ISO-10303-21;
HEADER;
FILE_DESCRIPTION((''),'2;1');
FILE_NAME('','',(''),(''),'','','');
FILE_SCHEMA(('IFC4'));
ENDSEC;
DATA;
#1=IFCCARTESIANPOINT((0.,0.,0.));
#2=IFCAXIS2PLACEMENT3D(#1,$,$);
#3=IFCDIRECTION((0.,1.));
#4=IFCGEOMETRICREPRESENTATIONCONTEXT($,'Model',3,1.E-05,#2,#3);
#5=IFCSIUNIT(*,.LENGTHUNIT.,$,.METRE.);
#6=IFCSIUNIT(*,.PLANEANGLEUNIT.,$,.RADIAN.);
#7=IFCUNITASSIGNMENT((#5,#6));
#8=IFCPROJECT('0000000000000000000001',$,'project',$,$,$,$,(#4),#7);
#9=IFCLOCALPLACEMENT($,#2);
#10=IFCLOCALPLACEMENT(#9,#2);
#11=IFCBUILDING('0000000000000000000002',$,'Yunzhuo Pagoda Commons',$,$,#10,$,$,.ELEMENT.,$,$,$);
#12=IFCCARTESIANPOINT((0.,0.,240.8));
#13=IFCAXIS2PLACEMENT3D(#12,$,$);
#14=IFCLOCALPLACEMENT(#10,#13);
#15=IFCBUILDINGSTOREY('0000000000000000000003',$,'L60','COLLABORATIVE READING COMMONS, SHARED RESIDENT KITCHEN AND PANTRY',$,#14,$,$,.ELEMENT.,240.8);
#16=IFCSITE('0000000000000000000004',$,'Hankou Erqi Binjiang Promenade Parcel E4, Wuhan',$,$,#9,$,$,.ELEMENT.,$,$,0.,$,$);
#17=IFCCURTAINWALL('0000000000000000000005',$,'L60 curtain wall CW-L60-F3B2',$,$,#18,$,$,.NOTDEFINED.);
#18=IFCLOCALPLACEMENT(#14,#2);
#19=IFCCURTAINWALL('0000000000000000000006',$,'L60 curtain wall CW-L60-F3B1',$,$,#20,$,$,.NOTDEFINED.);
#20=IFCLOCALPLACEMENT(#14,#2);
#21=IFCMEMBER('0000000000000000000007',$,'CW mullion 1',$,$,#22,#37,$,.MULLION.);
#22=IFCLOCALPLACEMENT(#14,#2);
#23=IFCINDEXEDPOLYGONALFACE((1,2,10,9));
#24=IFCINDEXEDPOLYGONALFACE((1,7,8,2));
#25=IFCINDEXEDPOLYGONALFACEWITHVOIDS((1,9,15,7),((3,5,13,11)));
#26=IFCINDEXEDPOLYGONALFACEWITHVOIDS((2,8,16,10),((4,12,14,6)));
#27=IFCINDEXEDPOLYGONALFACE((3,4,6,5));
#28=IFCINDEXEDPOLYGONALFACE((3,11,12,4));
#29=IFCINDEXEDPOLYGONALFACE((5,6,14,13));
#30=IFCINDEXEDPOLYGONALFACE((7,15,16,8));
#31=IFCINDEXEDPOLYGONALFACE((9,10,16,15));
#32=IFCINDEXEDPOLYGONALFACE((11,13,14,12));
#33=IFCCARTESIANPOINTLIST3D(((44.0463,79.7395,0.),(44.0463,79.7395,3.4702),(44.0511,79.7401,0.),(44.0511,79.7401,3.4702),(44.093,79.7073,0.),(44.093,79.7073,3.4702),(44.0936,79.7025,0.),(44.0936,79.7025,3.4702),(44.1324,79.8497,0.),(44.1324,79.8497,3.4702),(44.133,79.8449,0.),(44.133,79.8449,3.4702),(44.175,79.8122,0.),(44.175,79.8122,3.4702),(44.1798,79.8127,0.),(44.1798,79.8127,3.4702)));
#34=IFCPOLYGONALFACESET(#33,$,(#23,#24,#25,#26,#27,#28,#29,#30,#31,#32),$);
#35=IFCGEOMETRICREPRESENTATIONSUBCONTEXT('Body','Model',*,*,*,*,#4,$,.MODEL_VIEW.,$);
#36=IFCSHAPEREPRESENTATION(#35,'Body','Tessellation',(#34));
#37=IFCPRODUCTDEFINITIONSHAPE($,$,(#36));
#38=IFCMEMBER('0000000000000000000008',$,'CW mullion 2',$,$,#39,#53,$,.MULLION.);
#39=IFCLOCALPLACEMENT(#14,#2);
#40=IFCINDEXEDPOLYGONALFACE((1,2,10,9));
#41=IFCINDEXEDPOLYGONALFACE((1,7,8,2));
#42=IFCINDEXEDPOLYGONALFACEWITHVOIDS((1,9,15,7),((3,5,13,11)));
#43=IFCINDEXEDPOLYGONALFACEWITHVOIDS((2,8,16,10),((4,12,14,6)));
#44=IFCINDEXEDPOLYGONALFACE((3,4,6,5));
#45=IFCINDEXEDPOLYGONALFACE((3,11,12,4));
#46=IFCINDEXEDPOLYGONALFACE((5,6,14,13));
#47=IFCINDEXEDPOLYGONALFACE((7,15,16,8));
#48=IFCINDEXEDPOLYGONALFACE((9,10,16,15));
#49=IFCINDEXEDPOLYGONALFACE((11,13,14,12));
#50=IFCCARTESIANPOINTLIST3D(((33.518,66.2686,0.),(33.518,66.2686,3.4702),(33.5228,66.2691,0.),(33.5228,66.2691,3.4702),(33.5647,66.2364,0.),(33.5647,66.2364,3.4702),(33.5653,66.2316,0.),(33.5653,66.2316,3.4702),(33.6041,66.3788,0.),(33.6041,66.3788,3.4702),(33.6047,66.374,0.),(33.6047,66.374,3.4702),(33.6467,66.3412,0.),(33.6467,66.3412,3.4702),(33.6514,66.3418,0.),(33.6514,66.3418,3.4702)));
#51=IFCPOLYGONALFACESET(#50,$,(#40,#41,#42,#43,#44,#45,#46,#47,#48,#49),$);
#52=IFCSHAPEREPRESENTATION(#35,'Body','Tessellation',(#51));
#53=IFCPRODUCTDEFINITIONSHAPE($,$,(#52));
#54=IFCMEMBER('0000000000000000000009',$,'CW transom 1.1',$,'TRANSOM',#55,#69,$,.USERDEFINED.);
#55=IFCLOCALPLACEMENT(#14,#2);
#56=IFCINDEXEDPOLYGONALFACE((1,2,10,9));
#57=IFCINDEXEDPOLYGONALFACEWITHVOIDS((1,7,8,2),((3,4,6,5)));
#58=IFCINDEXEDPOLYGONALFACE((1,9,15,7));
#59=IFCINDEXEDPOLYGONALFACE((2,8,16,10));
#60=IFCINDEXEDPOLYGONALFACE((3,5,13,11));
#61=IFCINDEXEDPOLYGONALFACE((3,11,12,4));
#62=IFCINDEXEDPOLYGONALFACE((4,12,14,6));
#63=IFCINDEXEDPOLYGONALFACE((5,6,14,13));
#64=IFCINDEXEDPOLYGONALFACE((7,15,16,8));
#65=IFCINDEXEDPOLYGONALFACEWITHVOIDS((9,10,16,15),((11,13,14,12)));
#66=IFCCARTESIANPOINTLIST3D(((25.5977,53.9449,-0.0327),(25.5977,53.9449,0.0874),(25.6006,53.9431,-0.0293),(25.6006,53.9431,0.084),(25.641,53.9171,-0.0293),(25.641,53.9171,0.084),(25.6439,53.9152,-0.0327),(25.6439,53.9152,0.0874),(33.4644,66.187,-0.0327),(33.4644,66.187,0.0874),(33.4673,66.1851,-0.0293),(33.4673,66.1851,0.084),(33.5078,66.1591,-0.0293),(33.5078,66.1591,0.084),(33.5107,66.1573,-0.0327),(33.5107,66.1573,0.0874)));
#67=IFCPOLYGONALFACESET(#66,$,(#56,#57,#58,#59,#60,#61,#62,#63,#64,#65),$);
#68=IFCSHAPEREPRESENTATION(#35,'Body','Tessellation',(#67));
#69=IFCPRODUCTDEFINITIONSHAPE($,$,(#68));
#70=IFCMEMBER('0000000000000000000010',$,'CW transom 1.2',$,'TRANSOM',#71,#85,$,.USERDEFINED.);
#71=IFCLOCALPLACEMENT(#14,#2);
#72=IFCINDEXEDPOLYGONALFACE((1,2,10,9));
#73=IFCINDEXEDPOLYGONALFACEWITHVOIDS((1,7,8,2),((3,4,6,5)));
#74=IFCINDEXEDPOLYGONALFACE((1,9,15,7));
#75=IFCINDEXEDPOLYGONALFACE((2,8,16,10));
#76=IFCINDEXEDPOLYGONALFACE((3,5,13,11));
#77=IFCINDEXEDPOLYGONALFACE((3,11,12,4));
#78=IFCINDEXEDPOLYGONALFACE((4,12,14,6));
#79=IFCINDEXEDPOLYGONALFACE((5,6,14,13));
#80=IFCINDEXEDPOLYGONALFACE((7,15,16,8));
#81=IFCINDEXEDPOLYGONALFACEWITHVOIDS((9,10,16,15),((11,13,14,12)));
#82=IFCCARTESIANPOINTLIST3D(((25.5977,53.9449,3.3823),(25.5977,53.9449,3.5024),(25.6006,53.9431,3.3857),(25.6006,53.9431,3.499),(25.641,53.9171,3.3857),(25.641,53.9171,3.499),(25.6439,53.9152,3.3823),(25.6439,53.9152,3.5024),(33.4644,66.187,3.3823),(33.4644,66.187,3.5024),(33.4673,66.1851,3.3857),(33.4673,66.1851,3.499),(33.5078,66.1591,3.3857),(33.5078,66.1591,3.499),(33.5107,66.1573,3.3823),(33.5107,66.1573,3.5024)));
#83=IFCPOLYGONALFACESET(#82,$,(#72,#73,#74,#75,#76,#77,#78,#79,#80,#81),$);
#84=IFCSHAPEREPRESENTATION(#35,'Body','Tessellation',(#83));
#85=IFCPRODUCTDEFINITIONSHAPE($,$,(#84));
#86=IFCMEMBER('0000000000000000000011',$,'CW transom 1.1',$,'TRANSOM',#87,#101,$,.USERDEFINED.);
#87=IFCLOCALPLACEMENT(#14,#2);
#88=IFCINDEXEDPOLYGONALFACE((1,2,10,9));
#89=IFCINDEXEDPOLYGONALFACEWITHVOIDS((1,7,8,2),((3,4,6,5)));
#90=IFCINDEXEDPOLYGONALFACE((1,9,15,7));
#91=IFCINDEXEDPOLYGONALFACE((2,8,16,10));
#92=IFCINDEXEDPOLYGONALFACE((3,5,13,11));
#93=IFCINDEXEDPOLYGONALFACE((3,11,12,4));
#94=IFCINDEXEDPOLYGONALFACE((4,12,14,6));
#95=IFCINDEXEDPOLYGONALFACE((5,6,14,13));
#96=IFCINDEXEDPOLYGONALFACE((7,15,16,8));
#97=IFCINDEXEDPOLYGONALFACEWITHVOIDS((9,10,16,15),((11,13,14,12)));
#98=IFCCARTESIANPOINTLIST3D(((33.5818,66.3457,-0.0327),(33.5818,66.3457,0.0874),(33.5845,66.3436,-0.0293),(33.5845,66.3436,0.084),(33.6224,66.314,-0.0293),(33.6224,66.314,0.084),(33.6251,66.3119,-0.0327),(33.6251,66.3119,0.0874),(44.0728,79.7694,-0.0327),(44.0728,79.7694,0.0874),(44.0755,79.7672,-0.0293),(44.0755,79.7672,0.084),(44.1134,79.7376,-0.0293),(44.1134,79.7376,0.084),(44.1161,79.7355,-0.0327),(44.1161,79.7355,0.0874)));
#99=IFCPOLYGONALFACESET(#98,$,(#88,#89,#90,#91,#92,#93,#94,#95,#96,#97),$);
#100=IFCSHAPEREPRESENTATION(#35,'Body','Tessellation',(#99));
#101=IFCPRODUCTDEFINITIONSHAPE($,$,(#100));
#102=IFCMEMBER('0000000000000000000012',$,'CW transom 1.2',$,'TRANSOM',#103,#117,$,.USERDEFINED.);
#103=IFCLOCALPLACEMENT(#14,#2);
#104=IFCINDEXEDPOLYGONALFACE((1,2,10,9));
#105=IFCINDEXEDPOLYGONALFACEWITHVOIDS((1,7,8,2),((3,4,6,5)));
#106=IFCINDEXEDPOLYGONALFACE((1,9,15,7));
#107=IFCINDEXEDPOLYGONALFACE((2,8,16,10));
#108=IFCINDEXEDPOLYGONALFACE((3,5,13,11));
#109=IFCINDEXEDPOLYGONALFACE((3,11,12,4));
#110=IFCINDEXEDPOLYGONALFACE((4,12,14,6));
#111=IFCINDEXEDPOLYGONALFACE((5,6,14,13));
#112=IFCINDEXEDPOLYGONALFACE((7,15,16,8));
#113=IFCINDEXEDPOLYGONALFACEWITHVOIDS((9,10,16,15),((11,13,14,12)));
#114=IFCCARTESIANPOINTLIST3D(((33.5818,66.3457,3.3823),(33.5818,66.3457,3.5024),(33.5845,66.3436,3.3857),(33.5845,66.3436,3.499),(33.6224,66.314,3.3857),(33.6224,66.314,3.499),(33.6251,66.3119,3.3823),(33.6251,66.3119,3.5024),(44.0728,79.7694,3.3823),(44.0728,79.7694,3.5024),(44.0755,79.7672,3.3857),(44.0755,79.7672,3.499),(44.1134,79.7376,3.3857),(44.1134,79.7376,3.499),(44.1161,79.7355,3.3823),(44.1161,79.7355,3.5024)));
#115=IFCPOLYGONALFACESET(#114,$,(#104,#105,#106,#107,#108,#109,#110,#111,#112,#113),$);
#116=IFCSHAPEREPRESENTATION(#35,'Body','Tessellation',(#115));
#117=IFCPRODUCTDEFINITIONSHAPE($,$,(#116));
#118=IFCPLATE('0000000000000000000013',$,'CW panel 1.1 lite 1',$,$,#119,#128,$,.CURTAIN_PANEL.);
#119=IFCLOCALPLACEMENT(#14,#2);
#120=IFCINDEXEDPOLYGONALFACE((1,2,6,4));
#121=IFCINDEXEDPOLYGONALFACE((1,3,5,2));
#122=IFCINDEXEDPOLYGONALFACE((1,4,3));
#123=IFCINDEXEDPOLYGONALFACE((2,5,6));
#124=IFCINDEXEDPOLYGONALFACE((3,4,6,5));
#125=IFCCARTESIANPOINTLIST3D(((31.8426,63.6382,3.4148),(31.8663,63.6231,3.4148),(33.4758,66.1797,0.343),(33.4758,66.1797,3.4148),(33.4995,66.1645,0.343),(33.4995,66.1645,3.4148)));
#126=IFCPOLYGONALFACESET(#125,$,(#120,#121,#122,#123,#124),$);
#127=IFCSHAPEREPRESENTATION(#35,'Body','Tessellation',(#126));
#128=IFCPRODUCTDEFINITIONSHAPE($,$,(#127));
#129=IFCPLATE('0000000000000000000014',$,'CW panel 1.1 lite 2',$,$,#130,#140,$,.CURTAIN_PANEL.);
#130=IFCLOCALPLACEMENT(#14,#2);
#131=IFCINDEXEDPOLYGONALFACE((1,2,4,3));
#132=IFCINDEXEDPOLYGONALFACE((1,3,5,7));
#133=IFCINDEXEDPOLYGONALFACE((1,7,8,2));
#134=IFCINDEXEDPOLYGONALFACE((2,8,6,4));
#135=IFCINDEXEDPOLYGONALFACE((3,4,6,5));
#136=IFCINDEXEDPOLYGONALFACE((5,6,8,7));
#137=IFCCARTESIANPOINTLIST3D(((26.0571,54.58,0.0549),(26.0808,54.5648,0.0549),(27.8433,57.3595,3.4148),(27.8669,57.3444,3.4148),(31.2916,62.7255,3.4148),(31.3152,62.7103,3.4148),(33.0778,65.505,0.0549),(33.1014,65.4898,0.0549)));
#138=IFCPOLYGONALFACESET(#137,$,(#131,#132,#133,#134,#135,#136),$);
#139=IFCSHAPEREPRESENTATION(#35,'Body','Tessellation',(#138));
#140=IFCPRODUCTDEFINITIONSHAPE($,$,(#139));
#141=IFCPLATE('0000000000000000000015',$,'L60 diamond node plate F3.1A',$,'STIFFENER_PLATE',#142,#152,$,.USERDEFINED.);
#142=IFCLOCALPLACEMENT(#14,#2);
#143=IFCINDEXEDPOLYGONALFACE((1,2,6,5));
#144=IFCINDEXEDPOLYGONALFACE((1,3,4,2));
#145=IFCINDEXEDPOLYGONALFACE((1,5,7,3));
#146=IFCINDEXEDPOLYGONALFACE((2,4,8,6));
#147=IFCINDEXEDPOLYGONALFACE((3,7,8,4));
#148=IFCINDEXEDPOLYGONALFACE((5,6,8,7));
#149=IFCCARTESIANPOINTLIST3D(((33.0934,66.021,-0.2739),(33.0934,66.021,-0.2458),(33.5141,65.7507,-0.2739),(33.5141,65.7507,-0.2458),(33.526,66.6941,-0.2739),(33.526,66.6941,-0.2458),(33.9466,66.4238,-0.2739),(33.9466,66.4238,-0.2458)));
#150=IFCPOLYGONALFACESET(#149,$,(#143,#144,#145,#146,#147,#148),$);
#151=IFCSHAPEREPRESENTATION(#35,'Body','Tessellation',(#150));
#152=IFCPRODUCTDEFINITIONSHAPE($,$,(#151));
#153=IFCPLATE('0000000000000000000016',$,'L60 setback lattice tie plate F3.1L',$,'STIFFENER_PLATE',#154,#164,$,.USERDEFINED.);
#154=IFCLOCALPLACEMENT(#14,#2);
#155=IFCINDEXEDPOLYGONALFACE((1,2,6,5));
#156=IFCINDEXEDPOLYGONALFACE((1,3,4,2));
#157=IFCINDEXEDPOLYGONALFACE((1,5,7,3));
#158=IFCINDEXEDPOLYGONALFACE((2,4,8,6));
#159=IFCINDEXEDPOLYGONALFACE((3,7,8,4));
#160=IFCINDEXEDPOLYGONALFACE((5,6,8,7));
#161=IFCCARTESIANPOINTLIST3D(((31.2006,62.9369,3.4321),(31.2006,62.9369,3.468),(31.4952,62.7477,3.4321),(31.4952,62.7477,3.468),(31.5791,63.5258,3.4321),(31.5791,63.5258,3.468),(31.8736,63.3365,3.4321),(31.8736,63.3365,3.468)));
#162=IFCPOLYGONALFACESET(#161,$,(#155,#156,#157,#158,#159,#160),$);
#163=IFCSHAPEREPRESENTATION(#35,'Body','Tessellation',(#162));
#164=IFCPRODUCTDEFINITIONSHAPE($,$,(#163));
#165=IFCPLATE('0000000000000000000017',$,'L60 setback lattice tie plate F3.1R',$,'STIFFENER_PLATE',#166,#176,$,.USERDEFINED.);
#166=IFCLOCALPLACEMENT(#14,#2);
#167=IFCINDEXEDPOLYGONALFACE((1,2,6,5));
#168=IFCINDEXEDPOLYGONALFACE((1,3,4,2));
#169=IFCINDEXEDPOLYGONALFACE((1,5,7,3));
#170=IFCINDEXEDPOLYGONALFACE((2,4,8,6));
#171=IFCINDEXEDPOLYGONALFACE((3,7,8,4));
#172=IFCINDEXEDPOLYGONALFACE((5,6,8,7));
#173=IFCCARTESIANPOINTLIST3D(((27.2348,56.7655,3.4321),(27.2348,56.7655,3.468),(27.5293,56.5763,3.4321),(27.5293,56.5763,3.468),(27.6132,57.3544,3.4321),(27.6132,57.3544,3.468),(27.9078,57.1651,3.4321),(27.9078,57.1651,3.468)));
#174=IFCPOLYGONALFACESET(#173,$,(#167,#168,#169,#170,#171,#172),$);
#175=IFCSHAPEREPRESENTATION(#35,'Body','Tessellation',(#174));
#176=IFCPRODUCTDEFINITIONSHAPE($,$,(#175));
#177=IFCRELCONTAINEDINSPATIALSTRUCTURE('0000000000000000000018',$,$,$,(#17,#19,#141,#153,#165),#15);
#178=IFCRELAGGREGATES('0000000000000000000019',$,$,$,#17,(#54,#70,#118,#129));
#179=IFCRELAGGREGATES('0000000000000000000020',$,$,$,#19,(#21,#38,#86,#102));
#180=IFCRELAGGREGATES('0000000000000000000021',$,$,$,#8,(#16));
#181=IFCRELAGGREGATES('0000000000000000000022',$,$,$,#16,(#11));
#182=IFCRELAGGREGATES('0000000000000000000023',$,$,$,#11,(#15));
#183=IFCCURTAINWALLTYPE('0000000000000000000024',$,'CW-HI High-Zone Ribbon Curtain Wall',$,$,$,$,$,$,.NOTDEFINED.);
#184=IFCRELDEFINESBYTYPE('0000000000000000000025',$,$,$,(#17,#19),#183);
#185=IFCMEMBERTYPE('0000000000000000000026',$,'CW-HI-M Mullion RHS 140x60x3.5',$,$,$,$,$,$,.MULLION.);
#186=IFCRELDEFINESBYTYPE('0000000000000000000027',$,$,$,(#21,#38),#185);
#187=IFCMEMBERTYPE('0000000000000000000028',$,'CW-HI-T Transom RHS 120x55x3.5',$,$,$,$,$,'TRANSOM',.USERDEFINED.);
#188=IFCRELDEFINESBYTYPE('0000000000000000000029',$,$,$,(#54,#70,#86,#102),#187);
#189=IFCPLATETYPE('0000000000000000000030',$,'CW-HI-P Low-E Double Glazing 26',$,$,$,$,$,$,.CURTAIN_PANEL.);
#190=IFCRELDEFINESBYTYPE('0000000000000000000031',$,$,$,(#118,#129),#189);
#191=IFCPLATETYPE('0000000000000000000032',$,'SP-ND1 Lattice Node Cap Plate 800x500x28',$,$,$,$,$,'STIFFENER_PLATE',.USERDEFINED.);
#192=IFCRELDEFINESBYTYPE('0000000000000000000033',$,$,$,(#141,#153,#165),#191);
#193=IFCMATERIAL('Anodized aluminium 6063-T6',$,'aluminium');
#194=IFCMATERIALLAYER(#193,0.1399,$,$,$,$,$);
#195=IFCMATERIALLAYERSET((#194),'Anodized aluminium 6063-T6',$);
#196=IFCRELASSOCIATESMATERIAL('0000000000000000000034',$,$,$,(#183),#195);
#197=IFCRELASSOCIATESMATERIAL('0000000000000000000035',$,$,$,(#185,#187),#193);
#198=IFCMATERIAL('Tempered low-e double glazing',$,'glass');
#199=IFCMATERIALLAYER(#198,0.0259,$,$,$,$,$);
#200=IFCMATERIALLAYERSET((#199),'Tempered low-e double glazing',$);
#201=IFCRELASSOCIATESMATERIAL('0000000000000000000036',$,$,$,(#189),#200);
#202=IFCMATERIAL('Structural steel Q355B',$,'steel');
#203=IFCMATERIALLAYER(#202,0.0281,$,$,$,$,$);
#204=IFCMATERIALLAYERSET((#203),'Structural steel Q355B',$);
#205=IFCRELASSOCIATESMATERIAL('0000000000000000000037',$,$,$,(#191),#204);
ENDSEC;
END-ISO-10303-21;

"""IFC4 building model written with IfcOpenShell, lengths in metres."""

from ifc_helpers import new_model, si_unit, direction, frame, origin, origin_2d, place, context, subcontext, project, spatial, polyline, rectangle, hollow_rectangle, outline, extrude, source, transform, mapped, material, layer, layer_set, material_profile, profile_set, type_object, element, aggregate, save


model = new_model("IFC4")

# Units and contexts
model_context = context("Model", 3, precision=1e-05, world=origin(), true_north=direction((0.0, 1.0)))
body_context = subcontext(model_context, "Body", "Model", "MODEL_VIEW")
ifc_project = project(units=[si_unit("LENGTHUNIT", "METRE"), si_unit("PLANEANGLEUNIT", "RADIAN")], contexts=[model_context])

# Site, building, storey
site_placement = place(None, origin())
site = spatial("IfcSite", under=ifc_project, at=site_placement, Name="Hankou Erqi Binjiang Promenade Parcel E4, Wuhan", CompositionType="ELEMENT", RefElevation=0.0)
building_placement = place(site_placement, origin())
building = spatial("IfcBuilding", under=site, at=building_placement, Name="Yunzhuo Pagoda Commons", CompositionType="ELEMENT")
storey_placement = place(building_placement, frame((0.0, 0.0, 240.8)))
storey = spatial("IfcBuildingStorey", under=building, at=storey_placement, Name="L60", Description="COLLABORATIVE READING COMMONS, SHARED RESIDENT KITCHEN AND PANTRY", CompositionType="ELEMENT", Elevation=240.8)

# Shared definitions
ifc_material_1 = material(Name="Structural steel Q355B", Category="steel")

# Curtain wall
ifc_material_2 = material(Name="Anodized aluminium 6063-T6", Category="aluminium")
ifc_layer_1 = layer(ifc_material_2, 0.1399)
ifc_layer_set_1 = layer_set([ifc_layer_1], Name="Anodized aluminium 6063-T6")
curtain_wall_type = type_object("IfcCurtainWallType", Name="CW-HI High-Zone Ribbon Curtain Wall", PredefinedType="NOTDEFINED", material=ifc_layer_set_1)
curtain_wall_1_placement = place(storey_placement, origin())
curtain_wall_1 = element("IfcCurtainWall", 1, at=curtain_wall_1_placement, inside=storey, type_object=curtain_wall_type, Name="L60 curtain wall CW-L60-F3B2", PredefinedType="NOTDEFINED")
ifc_material_profile_1 = material_profile(ifc_material_2, hollow_rectangle(XDim=0.0601, YDim=0.1399, WallThickness=0.0034, at=origin_2d()), Name="Anodized aluminium 6063-T6")
ifc_profile_set_1 = profile_set([ifc_material_profile_1], Name="Anodized aluminium 6063-T6")
member_type_1 = type_object("IfcMemberType", Name="CW-HI-M Mullion RHS 140x60x3.5", PredefinedType="MULLION", material=ifc_profile_set_1)
shared_shape_1 = source(origin(), body_context, "Body", "SweptSolid", [
    extrude(hollow_rectangle(XDim=0.0601, YDim=0.1399, WallThickness=0.0034, at=origin_2d()), origin(), (0.0, 0.0, 1.0), 3.4702),
])

# Curtain wall, members
curtain_wall_2_placement = place(storey_placement, origin())
curtain_wall_2 = element("IfcCurtainWall", 2, at=curtain_wall_2_placement, inside=storey, type_object=curtain_wall_type, Name="L60 curtain wall CW-L60-F3B1", PredefinedType="NOTDEFINED")
member_1_placement = place(storey_placement, frame((44.113, 79.7761, 0.0), z_axis=(0.0, 0.0, 1.0), x_axis=(0.787911, -0.615789, 0.0)))
member_1 = element("IfcMember", 3, at=member_1_placement, type_object=member_type_1, Name="CW mullion 1", PredefinedType="MULLION", context=body_context, shape_type="MappedRepresentation", body=[
    mapped(shared_shape_1, transform((0.0, 0.0, 0.0), scale=1.0)),
])
member_2_placement = place(storey_placement, frame((33.5847, 66.3052, 0.0), z_axis=(0.0, 0.0, 1.0), x_axis=(0.787911, -0.615789, 0.0)))
member_2 = element("IfcMember", 4, at=member_2_placement, type_object=member_type_1, Name="CW mullion 2", PredefinedType="MULLION", context=body_context, shape_type="MappedRepresentation", body=[
    mapped(shared_shape_1, transform((0.0, 0.0, 0.0), scale=1.0)),
])

# Members
ifc_material_profile_2 = material_profile(ifc_material_2, hollow_rectangle(XDim=0.0549, YDim=0.1201, WallThickness=0.0034, at=origin_2d()), Name="Anodized aluminium 6063-T6")
ifc_profile_set_2 = profile_set([ifc_material_profile_2], Name="Anodized aluminium 6063-T6")
member_type_2 = type_object("IfcMemberType", Name="CW-HI-T Transom RHS 120x55x3.5", ElementType="TRANSOM", PredefinedType="USERDEFINED", material=ifc_profile_set_2)
shared_shape_2 = source(origin(), body_context, "Body", "SweptSolid", [
    extrude(hollow_rectangle(XDim=0.0549, YDim=0.1201, WallThickness=0.0034, at=origin_2d()), origin(), (0.0, 0.0, 1.0), 14.5518),
])
member_3_placement = place(storey_placement, frame((33.4875, 66.1721, 0.0273), z_axis=(-0.540606, -0.841276, 0.0), x_axis=(0.841276, -0.540606, 0.0)))
member_3 = element("IfcMember", 5, at=member_3_placement, type_object=member_type_2, Name="CW transom 1.1", ObjectType="TRANSOM", PredefinedType="USERDEFINED", context=body_context, shape_type="MappedRepresentation", body=[
    mapped(shared_shape_2, transform((0.0, 0.0, 0.0), scale=1.0)),
])
member_4_placement = place(storey_placement, frame((33.4875, 66.1721, 3.4424), z_axis=(-0.540606, -0.841276, 0.0), x_axis=(0.841276, -0.540606, 0.0)))
member_4 = element("IfcMember", 6, at=member_4_placement, type_object=member_type_2, Name="CW transom 1.2", ObjectType="TRANSOM", PredefinedType="USERDEFINED", context=body_context, shape_type="MappedRepresentation", body=[
    mapped(shared_shape_2, transform((0.0, 0.0, 0.0), scale=1.0)),
])
shared_shape_3 = source(origin(), body_context, "Body", "SweptSolid", [
    extrude(hollow_rectangle(XDim=0.0549, YDim=0.1201, WallThickness=0.0034, at=origin_2d()), origin(), (0.0, 0.0, 1.0), 17.0369),
])
member_5_placement = place(storey_placement, frame((44.0945, 79.7524, 0.0273), z_axis=(-0.615782, -0.787916, 0.0), x_axis=(0.787916, -0.615782, 0.0)))
member_5 = element("IfcMember", 7, at=member_5_placement, type_object=member_type_2, Name="CW transom 1.1", ObjectType="TRANSOM", PredefinedType="USERDEFINED", context=body_context, shape_type="MappedRepresentation", body=[
    mapped(shared_shape_3, transform((0.0, 0.0, 0.0), scale=1.0)),
])
member_6_placement = place(storey_placement, frame((44.0945, 79.7524, 3.4424), z_axis=(-0.615782, -0.787916, 0.0), x_axis=(0.787916, -0.615782, 0.0)))
member_6 = element("IfcMember", 8, at=member_6_placement, type_object=member_type_2, Name="CW transom 1.2", ObjectType="TRANSOM", PredefinedType="USERDEFINED", context=body_context, shape_type="MappedRepresentation", body=[
    mapped(shared_shape_3, transform((0.0, 0.0, 0.0), scale=1.0)),
])

# Plates
ifc_material_3 = material(Name="Tempered low-e double glazing", Category="glass")
ifc_layer_2 = layer(ifc_material_3, 0.0259)
ifc_layer_set_2 = layer_set([ifc_layer_2], Name="Tempered low-e double glazing")
plate_type_1 = type_object("IfcPlateType", Name="CW-HI-P Low-E Double Glazing 26", PredefinedType="CURTAIN_PANEL", material=ifc_layer_set_2)
plate_1_placement = place(storey_placement, frame((32.6829, 64.8938, 1.8789), z_axis=(-0.841269, 0.540617, 0.0), x_axis=(-0.540617, -0.841269, 0.0)))
plate_1 = element("IfcPlate", 9, at=plate_1_placement, type_object=plate_type_1, Name="CW panel 1.1 lite 1", PredefinedType="CURTAIN_PANEL", context=body_context, shape_type="SweptSolid", body=[
    extrude(outline(polyline([(-1.5105, -1.5359), (1.5105, 1.5359), (-1.5105, 1.5359), (-1.5105, -1.5359)])), origin(), (0.0, 0.0, 1.0), 0.0281),
])
plate_2_placement = place(storey_placement, frame((29.5911, 60.0273, 1.7349), z_axis=(-0.841269, 0.540617, 0.0), x_axis=(-0.540617, -0.841269, 0.0)))
plate_2 = element("IfcPlate", 10, at=plate_2_placement, type_object=plate_type_1, Name="CW panel 1.1 lite 2", PredefinedType="CURTAIN_PANEL", context=body_context, shape_type="SweptSolid", body=[
    extrude(outline(polyline([(-6.4932, -1.6799), (6.4932, -1.6799), (3.1892, 1.6799), (-3.1892, 1.6799), (-6.4932, -1.6799)])), origin(), (0.0, 0.0, 1.0), 0.0281),
])
aggregate(curtain_wall_1, [member_3, member_4, plate_1, plate_2])

# Plates
ifc_layer_3 = layer(ifc_material_1, 0.0281)
ifc_layer_set_3 = layer_set([ifc_layer_3], Name="Structural steel Q355B")
plate_type_2 = type_object("IfcPlateType", Name="SP-ND1 Lattice Node Cap Plate 800x500x28", ElementType="STIFFENER_PLATE", PredefinedType="USERDEFINED", material=ifc_layer_set_3)
shared_shape_4 = source(origin(), body_context, "Body", "SweptSolid", [
    extrude(rectangle(XDim=0.8, YDim=0.5, at=origin_2d()), origin(), (0.0, 0.0, 1.0), 0.0281),
])
plate_3_placement = place(storey_placement, frame((33.52, 66.2224, -0.2739), z_axis=(0.0, 0.0, 1.0), x_axis=(-0.540622, -0.841266, 0.0)))
element("IfcPlate", 11, at=plate_3_placement, inside=storey, type_object=plate_type_2, Name="L60 diamond node plate F3.1A", ObjectType="STIFFENER_PLATE", PredefinedType="USERDEFINED", context=body_context, shape_type="MappedRepresentation", body=[
    mapped(shared_shape_4, transform((0.0, 0.0, 0.0), scale=1.0)),
])
shared_shape_5 = source(origin(), body_context, "Body", "SweptSolid", [
    extrude(rectangle(XDim=0.7, YDim=0.3501, at=origin_2d()), origin(), (0.0, 0.0, 1.0), 0.0359),
])
for number, where, z_axis, x_axis, name in (
    (12, (31.5371, 63.1367, 3.4321), (0.0, 0.0, 1.0), (-0.540622, -0.841266, 0.0), "L60 setback lattice tie plate F3.1L"),
    (13, (27.5713, 56.9653, 3.4321), (0.0, 0.0, 1.0), (-0.540622, -0.841266, 0.0), "L60 setback lattice tie plate F3.1R"),
):
    element("IfcPlate", number, at=place(storey_placement, frame(where, z_axis=z_axis, x_axis=x_axis)), inside=storey, type_object=plate_type_2, Name=name, ObjectType="STIFFENER_PLATE", PredefinedType="USERDEFINED", context=body_context, shape_type="MappedRepresentation", body=[
        mapped(shared_shape_5, transform((0.0, 0.0, 0.0), scale=1.0)),
    ])

aggregate(curtain_wall_2, [member_1, member_2, member_5, member_6])

save(model, "model.ifc")
